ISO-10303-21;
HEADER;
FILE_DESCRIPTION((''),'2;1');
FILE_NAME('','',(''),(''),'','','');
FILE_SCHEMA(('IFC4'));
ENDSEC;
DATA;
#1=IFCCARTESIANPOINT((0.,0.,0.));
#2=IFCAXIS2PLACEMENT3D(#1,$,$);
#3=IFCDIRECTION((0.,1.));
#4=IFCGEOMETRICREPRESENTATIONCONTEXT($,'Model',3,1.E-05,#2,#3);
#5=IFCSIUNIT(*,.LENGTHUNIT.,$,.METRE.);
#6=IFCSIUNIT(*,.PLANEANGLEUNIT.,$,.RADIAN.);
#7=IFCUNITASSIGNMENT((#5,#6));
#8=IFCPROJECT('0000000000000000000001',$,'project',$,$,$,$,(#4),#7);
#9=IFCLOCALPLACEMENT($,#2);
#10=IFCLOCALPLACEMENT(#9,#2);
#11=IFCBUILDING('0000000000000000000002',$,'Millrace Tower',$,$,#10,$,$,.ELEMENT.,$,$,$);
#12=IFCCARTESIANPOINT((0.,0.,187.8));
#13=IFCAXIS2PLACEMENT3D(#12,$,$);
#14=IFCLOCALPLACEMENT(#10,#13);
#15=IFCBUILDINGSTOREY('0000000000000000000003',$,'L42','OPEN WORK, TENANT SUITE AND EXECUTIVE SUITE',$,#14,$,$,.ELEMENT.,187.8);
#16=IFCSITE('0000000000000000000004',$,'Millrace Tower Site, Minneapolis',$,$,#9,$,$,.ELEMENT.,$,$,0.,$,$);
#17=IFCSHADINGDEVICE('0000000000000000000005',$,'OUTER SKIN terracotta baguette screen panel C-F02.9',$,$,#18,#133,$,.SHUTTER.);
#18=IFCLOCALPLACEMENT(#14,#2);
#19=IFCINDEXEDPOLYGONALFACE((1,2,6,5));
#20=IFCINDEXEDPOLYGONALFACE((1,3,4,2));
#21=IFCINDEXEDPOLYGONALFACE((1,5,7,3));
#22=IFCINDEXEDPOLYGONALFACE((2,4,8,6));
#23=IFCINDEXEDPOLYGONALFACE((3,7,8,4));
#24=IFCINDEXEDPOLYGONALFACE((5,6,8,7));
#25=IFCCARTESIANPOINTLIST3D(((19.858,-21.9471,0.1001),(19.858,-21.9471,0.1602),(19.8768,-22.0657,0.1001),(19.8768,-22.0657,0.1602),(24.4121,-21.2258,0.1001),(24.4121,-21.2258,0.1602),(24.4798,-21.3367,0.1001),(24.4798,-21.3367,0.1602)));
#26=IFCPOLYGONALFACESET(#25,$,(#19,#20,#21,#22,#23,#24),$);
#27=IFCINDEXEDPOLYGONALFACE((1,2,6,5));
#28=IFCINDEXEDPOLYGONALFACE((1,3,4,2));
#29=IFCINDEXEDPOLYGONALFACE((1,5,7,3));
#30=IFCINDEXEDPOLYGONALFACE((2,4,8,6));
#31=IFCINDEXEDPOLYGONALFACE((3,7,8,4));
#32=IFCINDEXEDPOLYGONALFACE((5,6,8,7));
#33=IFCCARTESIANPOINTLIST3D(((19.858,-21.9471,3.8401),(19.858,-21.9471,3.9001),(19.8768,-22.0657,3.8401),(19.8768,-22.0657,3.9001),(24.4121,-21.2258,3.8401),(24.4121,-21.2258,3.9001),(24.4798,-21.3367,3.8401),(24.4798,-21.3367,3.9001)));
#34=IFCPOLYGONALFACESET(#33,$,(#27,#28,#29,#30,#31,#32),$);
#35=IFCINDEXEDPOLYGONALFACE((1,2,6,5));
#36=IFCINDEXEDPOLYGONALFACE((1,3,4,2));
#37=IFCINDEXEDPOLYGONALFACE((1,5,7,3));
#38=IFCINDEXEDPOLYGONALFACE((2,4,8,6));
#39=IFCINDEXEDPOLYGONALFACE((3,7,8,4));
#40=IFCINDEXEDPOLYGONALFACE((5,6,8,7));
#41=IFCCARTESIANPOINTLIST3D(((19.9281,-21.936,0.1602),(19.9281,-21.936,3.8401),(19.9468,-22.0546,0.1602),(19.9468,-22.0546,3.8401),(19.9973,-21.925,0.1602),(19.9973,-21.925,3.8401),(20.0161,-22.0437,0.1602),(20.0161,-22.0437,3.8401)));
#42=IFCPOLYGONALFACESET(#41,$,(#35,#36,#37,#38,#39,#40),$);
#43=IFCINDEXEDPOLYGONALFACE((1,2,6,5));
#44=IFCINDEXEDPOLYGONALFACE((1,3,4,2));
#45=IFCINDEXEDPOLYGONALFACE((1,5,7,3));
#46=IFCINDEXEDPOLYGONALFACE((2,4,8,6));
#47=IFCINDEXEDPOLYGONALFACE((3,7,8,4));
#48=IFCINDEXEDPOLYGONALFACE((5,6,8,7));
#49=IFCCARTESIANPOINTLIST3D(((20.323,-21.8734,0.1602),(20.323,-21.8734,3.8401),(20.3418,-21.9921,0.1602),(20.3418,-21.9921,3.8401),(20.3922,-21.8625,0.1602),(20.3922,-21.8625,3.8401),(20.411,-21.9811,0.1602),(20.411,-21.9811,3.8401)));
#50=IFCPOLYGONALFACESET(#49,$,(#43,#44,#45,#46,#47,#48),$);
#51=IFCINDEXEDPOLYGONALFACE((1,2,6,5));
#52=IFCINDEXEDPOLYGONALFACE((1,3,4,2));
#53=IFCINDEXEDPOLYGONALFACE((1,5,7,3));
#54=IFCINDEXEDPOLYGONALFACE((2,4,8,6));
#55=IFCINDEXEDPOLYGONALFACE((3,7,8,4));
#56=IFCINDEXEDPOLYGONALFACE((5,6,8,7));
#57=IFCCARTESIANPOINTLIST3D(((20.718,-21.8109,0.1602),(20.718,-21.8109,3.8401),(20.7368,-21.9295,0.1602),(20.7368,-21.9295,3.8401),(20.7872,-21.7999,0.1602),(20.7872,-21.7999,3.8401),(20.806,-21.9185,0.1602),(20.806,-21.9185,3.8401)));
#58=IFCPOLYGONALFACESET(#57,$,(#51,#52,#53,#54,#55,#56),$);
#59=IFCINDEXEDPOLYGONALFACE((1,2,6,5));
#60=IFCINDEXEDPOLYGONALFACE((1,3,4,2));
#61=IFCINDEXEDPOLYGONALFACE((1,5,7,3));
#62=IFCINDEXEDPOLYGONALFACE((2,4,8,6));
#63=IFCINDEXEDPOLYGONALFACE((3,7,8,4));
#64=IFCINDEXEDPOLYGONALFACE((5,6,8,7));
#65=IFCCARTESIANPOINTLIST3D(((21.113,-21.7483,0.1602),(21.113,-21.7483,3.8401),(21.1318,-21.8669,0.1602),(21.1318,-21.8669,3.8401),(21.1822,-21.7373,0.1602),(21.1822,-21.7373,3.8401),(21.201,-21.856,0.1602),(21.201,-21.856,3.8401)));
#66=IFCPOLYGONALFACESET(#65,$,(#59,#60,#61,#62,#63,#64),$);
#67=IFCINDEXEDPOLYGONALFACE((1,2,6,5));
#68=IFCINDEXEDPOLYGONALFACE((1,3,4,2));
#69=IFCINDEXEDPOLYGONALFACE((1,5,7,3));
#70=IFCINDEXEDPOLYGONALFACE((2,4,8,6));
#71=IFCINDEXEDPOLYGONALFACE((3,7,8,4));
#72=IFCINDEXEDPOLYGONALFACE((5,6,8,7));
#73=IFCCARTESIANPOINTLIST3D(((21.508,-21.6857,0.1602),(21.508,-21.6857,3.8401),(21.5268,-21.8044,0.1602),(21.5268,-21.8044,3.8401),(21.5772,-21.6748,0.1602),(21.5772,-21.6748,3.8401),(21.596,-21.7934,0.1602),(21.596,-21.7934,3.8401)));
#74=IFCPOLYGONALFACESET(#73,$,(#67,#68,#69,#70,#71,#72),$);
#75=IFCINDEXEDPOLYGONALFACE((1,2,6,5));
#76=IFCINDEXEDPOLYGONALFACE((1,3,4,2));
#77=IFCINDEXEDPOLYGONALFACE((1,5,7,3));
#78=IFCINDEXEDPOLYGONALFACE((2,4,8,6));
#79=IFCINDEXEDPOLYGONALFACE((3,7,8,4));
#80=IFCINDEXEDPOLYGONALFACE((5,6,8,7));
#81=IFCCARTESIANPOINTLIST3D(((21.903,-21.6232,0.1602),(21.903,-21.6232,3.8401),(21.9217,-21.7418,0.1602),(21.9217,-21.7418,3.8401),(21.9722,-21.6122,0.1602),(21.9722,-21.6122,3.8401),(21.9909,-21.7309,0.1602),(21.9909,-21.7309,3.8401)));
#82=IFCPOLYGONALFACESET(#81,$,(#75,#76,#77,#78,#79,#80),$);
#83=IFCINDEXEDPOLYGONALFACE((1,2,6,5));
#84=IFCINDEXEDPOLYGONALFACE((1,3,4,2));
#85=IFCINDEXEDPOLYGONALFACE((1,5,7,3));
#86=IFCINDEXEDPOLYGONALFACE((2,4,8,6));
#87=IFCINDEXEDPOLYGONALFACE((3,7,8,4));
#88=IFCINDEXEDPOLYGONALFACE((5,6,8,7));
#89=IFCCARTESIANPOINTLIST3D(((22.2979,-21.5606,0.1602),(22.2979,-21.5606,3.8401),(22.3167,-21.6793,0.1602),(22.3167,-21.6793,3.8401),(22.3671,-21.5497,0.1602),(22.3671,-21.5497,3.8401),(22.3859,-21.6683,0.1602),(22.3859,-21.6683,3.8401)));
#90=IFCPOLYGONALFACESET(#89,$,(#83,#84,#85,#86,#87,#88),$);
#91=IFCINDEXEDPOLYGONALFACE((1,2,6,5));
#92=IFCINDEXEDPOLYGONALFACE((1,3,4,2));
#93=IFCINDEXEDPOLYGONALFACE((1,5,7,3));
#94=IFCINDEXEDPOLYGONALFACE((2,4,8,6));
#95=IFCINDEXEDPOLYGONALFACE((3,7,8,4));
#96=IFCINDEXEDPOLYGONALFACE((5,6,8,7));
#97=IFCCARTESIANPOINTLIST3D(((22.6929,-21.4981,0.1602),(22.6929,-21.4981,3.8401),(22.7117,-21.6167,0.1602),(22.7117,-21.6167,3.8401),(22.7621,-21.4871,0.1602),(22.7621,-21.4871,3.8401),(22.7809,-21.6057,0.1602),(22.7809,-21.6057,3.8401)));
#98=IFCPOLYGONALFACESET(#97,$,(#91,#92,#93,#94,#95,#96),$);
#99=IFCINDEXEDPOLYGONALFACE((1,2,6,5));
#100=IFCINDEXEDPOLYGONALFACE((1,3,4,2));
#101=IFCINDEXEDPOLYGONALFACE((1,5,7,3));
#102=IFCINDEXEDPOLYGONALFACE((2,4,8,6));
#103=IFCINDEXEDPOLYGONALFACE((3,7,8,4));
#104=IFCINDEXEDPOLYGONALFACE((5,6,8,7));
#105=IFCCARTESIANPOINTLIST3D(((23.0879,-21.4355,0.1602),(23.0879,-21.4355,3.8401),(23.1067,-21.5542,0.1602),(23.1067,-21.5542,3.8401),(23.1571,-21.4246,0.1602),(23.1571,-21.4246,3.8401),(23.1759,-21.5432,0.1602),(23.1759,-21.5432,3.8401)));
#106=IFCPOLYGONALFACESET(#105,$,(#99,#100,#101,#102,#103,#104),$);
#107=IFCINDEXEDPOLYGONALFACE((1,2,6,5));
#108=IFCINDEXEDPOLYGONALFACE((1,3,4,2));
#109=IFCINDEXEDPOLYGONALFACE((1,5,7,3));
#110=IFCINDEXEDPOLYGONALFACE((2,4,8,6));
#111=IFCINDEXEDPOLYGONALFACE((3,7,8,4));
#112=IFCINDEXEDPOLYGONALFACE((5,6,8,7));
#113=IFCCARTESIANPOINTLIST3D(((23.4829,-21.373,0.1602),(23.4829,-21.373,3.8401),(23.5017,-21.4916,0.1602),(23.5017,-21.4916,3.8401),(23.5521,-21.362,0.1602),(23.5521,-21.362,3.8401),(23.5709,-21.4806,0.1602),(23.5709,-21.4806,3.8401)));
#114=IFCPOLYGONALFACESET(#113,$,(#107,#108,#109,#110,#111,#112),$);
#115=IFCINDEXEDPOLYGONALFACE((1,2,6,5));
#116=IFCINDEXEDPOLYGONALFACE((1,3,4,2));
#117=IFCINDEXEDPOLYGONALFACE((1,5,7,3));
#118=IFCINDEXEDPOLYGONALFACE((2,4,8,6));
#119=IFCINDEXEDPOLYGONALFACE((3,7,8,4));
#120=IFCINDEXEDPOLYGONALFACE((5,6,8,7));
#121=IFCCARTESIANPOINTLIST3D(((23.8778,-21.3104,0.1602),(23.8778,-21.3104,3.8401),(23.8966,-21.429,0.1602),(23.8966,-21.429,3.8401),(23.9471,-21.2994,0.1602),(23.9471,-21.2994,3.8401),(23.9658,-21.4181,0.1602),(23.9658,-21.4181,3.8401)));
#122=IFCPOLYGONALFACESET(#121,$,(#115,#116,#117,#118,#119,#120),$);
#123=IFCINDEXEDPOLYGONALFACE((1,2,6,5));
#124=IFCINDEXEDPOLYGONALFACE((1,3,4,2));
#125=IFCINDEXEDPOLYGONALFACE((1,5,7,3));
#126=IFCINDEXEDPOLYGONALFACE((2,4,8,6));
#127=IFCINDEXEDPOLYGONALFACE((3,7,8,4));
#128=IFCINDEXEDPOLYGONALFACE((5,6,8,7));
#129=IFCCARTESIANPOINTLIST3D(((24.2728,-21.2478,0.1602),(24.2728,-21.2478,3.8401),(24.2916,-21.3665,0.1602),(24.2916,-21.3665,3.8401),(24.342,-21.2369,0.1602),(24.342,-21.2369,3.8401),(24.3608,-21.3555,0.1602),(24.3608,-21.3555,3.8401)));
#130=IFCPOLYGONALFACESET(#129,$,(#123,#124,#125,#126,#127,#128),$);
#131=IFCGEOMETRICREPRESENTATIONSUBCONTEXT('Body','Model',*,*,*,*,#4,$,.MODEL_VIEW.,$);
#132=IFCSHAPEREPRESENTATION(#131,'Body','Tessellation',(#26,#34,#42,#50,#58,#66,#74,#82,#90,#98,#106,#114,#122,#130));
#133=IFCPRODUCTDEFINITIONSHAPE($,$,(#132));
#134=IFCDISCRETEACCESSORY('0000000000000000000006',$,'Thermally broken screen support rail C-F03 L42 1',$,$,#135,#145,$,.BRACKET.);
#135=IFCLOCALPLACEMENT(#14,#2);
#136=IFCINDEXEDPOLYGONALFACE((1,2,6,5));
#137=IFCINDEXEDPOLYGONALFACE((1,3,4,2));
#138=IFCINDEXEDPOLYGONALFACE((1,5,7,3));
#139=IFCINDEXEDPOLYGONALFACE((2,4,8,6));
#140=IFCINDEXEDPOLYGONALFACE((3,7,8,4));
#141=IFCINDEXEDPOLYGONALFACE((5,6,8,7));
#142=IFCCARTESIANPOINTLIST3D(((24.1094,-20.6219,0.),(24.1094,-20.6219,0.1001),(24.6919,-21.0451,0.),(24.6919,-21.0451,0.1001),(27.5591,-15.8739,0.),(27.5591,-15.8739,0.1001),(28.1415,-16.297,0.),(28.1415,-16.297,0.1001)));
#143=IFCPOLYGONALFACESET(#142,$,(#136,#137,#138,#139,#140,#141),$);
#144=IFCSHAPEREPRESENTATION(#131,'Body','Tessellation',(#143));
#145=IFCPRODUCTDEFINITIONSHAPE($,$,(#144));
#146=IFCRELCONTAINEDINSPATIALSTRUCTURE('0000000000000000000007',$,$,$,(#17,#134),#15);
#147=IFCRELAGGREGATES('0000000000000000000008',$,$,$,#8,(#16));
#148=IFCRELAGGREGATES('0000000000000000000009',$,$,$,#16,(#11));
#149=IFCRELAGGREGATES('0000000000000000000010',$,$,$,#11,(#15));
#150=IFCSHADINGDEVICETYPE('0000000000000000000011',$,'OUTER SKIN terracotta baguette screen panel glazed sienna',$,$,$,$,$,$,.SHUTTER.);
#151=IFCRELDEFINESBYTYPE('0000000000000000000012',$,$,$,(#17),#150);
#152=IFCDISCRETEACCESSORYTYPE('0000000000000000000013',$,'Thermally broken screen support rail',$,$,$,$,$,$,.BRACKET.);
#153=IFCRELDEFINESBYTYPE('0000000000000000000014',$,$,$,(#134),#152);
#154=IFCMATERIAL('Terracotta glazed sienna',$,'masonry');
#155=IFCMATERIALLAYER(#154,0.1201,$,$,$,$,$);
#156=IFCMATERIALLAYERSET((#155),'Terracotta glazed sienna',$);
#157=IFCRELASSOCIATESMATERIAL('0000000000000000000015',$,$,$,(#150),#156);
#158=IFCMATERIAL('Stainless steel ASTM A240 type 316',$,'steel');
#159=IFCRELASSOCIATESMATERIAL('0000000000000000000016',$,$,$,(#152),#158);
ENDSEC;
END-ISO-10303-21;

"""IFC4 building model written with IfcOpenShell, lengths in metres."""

from ifc_helpers import new_model, entity, si_unit, direction, frame, frame_2d, origin, origin_2d, place, context, subcontext, project, spatial, rectangle, extrude, source, transform, mapped, material, layer, layer_set, type_object, element, save


model = new_model("IFC4")

# Units and contexts
model_context = context("Model", 3, precision=1e-05, world=origin(), true_north=direction((0.0, 1.0)))
body_context = subcontext(model_context, "Body", "Model", "MODEL_VIEW")
ifc_project = project(units=[si_unit("LENGTHUNIT", "METRE"), si_unit("PLANEANGLEUNIT", "RADIAN")], contexts=[model_context])

# Site, building, storey
site_placement = place(None, origin())
site = spatial("IfcSite", under=ifc_project, at=site_placement, Name="Millrace Tower Site, Minneapolis", CompositionType="ELEMENT", RefElevation=0.0)
building_placement = place(site_placement, origin())
building = spatial("IfcBuilding", under=site, at=building_placement, Name="Millrace Tower", CompositionType="ELEMENT")
storey_placement = place(building_placement, frame((0.0, 0.0, 187.8)))
storey = spatial("IfcBuildingStorey", under=building, at=storey_placement, Name="L42", Description="OPEN WORK, TENANT SUITE AND EXECUTIVE SUITE", CompositionType="ELEMENT", Elevation=187.8)

# Shading device
ifc_material_1 = material(Name="Terracotta glazed sienna", Category="masonry")
ifc_layer_1 = layer(ifc_material_1, 0.1201)
ifc_layer_set_1 = layer_set([ifc_layer_1], Name="Terracotta glazed sienna")
shading_device_type = type_object("IfcShadingDeviceType", Name="OUTER SKIN terracotta baguette screen panel glazed sienna", PredefinedType="SHUTTER", material=ifc_layer_set_1)
cartesian_point_1 = entity("IfcCartesianPoint", [-2.3179, 0.0601])
shared_polyline_1 = entity("IfcPolyline", [cartesian_point_1, entity("IfcCartesianPoint", [2.293, 0.0601]), entity("IfcCartesianPoint", [2.3425, -0.0601]), entity("IfcCartesianPoint", [-2.3179, -0.0601]), cartesian_point_1])
shared_shape_1 = source(origin(), body_context, "Body", "SweptSolid", [
    entity("IfcExtrudedAreaSolid", entity("IfcArbitraryClosedProfileDef", "AREA", None, shared_polyline_1), entity("IfcAxis2Placement3D", entity("IfcCartesianPoint", [0.0, 0.0, 0.0])), entity("IfcDirection", [0.0, 0.0, 1.0]), 0.0601),
    entity("IfcExtrudedAreaSolid", entity("IfcArbitraryClosedProfileDef", "AREA", None, shared_polyline_1), entity("IfcAxis2Placement3D", entity("IfcCartesianPoint", [0.0, 0.0, 3.74])), entity("IfcDirection", [0.0, 0.0, 1.0]), 0.0601),
    extrude(rectangle(XDim=0.0701, YDim=0.1201, at=frame_2d((-2.2119, 0.0))), frame((0.0, 0.0, 0.0601)), (0.0, 0.0, 1.0), 3.6799),
    extrude(rectangle(XDim=0.0701, YDim=0.1201, at=frame_2d((-1.812, 0.0))), frame((0.0, 0.0, 0.0601)), (0.0, 0.0, 1.0), 3.6799),
    extrude(rectangle(XDim=0.0701, YDim=0.1201, at=frame_2d((-1.4121, 0.0))), frame((0.0, 0.0, 0.0601)), (0.0, 0.0, 1.0), 3.6799),
    extrude(rectangle(XDim=0.0701, YDim=0.1201, at=frame_2d((-1.0122, 0.0))), frame((0.0, 0.0, 0.0601)), (0.0, 0.0, 1.0), 3.6799),
    extrude(rectangle(XDim=0.0701, YDim=0.1201, at=frame_2d((-0.6123, 0.0))), frame((0.0, 0.0, 0.0601)), (0.0, 0.0, 1.0), 3.6799),
    extrude(rectangle(XDim=0.0701, YDim=0.1201, at=frame_2d((-0.2124, 0.0))), frame((0.0, 0.0, 0.0601)), (0.0, 0.0, 1.0), 3.6799),
    extrude(rectangle(XDim=0.0701, YDim=0.1201, at=frame_2d((0.1875, 0.0))), frame((0.0, 0.0, 0.0601)), (0.0, 0.0, 1.0), 3.6799),
    extrude(rectangle(XDim=0.0701, YDim=0.1201, at=frame_2d((0.5874, 0.0))), frame((0.0, 0.0, 0.0601)), (0.0, 0.0, 1.0), 3.6799),
    extrude(rectangle(XDim=0.0701, YDim=0.1201, at=frame_2d((0.9873, 0.0))), frame((0.0, 0.0, 0.0601)), (0.0, 0.0, 1.0), 3.6799),
    extrude(rectangle(XDim=0.0701, YDim=0.1201, at=frame_2d((1.3872, 0.0))), frame((0.0, 0.0, 0.0601)), (0.0, 0.0, 1.0), 3.6799),
    extrude(rectangle(XDim=0.0701, YDim=0.1201, at=frame_2d((1.7871, 0.0))), frame((0.0, 0.0, 0.0601)), (0.0, 0.0, 1.0), 3.6799),
    extrude(rectangle(XDim=0.0701, YDim=0.1201, at=frame_2d((2.187, 0.0))), frame((0.0, 0.0, 0.0601)), (0.0, 0.0, 1.0), 3.6799),
])
shading_device_1_placement = place(storey_placement, frame((22.1567, -21.6438, 0.1001), z_axis=(0.0, 0.0, 1.0), x_axis=(0.987688, 0.156434, 0.0)))
element("IfcShadingDevice", 1, at=shading_device_1_placement, inside=storey, type_object=shading_device_type, Name="OUTER SKIN terracotta baguette screen panel C-F02.9", PredefinedType="SHUTTER", context=body_context, shape_type="MappedRepresentation", body=[
    mapped(shared_shape_1, transform((0.0, 0.0, 0.0), scale=1.0)),
])

# Discrete accessory
ifc_material_2 = material(Name="Stainless steel ASTM A240 type 316", Category="steel")
discrete_accessory_type = type_object("IfcDiscreteAccessoryType", Name="Thermally broken screen support rail", PredefinedType="BRACKET", material=ifc_material_2)
discrete_accessory_placement = place(storey_placement, frame((26.1255, -18.4595, 0.0), z_axis=(0.0, 0.0, 1.0), x_axis=(0.587785, 0.809017, 0.0)))
element("IfcDiscreteAccessory", 2, at=discrete_accessory_placement, inside=storey, type_object=discrete_accessory_type, Name="Thermally broken screen support rail C-F03 L42 1", PredefinedType="BRACKET", context=body_context, shape_type="SweptSolid", body=[
    extrude(rectangle(XDim=5.8689, YDim=0.72, at=origin_2d()), origin(), (0.0, 0.0, 1.0), 0.1001),
])

save(model, "model.ifc")
